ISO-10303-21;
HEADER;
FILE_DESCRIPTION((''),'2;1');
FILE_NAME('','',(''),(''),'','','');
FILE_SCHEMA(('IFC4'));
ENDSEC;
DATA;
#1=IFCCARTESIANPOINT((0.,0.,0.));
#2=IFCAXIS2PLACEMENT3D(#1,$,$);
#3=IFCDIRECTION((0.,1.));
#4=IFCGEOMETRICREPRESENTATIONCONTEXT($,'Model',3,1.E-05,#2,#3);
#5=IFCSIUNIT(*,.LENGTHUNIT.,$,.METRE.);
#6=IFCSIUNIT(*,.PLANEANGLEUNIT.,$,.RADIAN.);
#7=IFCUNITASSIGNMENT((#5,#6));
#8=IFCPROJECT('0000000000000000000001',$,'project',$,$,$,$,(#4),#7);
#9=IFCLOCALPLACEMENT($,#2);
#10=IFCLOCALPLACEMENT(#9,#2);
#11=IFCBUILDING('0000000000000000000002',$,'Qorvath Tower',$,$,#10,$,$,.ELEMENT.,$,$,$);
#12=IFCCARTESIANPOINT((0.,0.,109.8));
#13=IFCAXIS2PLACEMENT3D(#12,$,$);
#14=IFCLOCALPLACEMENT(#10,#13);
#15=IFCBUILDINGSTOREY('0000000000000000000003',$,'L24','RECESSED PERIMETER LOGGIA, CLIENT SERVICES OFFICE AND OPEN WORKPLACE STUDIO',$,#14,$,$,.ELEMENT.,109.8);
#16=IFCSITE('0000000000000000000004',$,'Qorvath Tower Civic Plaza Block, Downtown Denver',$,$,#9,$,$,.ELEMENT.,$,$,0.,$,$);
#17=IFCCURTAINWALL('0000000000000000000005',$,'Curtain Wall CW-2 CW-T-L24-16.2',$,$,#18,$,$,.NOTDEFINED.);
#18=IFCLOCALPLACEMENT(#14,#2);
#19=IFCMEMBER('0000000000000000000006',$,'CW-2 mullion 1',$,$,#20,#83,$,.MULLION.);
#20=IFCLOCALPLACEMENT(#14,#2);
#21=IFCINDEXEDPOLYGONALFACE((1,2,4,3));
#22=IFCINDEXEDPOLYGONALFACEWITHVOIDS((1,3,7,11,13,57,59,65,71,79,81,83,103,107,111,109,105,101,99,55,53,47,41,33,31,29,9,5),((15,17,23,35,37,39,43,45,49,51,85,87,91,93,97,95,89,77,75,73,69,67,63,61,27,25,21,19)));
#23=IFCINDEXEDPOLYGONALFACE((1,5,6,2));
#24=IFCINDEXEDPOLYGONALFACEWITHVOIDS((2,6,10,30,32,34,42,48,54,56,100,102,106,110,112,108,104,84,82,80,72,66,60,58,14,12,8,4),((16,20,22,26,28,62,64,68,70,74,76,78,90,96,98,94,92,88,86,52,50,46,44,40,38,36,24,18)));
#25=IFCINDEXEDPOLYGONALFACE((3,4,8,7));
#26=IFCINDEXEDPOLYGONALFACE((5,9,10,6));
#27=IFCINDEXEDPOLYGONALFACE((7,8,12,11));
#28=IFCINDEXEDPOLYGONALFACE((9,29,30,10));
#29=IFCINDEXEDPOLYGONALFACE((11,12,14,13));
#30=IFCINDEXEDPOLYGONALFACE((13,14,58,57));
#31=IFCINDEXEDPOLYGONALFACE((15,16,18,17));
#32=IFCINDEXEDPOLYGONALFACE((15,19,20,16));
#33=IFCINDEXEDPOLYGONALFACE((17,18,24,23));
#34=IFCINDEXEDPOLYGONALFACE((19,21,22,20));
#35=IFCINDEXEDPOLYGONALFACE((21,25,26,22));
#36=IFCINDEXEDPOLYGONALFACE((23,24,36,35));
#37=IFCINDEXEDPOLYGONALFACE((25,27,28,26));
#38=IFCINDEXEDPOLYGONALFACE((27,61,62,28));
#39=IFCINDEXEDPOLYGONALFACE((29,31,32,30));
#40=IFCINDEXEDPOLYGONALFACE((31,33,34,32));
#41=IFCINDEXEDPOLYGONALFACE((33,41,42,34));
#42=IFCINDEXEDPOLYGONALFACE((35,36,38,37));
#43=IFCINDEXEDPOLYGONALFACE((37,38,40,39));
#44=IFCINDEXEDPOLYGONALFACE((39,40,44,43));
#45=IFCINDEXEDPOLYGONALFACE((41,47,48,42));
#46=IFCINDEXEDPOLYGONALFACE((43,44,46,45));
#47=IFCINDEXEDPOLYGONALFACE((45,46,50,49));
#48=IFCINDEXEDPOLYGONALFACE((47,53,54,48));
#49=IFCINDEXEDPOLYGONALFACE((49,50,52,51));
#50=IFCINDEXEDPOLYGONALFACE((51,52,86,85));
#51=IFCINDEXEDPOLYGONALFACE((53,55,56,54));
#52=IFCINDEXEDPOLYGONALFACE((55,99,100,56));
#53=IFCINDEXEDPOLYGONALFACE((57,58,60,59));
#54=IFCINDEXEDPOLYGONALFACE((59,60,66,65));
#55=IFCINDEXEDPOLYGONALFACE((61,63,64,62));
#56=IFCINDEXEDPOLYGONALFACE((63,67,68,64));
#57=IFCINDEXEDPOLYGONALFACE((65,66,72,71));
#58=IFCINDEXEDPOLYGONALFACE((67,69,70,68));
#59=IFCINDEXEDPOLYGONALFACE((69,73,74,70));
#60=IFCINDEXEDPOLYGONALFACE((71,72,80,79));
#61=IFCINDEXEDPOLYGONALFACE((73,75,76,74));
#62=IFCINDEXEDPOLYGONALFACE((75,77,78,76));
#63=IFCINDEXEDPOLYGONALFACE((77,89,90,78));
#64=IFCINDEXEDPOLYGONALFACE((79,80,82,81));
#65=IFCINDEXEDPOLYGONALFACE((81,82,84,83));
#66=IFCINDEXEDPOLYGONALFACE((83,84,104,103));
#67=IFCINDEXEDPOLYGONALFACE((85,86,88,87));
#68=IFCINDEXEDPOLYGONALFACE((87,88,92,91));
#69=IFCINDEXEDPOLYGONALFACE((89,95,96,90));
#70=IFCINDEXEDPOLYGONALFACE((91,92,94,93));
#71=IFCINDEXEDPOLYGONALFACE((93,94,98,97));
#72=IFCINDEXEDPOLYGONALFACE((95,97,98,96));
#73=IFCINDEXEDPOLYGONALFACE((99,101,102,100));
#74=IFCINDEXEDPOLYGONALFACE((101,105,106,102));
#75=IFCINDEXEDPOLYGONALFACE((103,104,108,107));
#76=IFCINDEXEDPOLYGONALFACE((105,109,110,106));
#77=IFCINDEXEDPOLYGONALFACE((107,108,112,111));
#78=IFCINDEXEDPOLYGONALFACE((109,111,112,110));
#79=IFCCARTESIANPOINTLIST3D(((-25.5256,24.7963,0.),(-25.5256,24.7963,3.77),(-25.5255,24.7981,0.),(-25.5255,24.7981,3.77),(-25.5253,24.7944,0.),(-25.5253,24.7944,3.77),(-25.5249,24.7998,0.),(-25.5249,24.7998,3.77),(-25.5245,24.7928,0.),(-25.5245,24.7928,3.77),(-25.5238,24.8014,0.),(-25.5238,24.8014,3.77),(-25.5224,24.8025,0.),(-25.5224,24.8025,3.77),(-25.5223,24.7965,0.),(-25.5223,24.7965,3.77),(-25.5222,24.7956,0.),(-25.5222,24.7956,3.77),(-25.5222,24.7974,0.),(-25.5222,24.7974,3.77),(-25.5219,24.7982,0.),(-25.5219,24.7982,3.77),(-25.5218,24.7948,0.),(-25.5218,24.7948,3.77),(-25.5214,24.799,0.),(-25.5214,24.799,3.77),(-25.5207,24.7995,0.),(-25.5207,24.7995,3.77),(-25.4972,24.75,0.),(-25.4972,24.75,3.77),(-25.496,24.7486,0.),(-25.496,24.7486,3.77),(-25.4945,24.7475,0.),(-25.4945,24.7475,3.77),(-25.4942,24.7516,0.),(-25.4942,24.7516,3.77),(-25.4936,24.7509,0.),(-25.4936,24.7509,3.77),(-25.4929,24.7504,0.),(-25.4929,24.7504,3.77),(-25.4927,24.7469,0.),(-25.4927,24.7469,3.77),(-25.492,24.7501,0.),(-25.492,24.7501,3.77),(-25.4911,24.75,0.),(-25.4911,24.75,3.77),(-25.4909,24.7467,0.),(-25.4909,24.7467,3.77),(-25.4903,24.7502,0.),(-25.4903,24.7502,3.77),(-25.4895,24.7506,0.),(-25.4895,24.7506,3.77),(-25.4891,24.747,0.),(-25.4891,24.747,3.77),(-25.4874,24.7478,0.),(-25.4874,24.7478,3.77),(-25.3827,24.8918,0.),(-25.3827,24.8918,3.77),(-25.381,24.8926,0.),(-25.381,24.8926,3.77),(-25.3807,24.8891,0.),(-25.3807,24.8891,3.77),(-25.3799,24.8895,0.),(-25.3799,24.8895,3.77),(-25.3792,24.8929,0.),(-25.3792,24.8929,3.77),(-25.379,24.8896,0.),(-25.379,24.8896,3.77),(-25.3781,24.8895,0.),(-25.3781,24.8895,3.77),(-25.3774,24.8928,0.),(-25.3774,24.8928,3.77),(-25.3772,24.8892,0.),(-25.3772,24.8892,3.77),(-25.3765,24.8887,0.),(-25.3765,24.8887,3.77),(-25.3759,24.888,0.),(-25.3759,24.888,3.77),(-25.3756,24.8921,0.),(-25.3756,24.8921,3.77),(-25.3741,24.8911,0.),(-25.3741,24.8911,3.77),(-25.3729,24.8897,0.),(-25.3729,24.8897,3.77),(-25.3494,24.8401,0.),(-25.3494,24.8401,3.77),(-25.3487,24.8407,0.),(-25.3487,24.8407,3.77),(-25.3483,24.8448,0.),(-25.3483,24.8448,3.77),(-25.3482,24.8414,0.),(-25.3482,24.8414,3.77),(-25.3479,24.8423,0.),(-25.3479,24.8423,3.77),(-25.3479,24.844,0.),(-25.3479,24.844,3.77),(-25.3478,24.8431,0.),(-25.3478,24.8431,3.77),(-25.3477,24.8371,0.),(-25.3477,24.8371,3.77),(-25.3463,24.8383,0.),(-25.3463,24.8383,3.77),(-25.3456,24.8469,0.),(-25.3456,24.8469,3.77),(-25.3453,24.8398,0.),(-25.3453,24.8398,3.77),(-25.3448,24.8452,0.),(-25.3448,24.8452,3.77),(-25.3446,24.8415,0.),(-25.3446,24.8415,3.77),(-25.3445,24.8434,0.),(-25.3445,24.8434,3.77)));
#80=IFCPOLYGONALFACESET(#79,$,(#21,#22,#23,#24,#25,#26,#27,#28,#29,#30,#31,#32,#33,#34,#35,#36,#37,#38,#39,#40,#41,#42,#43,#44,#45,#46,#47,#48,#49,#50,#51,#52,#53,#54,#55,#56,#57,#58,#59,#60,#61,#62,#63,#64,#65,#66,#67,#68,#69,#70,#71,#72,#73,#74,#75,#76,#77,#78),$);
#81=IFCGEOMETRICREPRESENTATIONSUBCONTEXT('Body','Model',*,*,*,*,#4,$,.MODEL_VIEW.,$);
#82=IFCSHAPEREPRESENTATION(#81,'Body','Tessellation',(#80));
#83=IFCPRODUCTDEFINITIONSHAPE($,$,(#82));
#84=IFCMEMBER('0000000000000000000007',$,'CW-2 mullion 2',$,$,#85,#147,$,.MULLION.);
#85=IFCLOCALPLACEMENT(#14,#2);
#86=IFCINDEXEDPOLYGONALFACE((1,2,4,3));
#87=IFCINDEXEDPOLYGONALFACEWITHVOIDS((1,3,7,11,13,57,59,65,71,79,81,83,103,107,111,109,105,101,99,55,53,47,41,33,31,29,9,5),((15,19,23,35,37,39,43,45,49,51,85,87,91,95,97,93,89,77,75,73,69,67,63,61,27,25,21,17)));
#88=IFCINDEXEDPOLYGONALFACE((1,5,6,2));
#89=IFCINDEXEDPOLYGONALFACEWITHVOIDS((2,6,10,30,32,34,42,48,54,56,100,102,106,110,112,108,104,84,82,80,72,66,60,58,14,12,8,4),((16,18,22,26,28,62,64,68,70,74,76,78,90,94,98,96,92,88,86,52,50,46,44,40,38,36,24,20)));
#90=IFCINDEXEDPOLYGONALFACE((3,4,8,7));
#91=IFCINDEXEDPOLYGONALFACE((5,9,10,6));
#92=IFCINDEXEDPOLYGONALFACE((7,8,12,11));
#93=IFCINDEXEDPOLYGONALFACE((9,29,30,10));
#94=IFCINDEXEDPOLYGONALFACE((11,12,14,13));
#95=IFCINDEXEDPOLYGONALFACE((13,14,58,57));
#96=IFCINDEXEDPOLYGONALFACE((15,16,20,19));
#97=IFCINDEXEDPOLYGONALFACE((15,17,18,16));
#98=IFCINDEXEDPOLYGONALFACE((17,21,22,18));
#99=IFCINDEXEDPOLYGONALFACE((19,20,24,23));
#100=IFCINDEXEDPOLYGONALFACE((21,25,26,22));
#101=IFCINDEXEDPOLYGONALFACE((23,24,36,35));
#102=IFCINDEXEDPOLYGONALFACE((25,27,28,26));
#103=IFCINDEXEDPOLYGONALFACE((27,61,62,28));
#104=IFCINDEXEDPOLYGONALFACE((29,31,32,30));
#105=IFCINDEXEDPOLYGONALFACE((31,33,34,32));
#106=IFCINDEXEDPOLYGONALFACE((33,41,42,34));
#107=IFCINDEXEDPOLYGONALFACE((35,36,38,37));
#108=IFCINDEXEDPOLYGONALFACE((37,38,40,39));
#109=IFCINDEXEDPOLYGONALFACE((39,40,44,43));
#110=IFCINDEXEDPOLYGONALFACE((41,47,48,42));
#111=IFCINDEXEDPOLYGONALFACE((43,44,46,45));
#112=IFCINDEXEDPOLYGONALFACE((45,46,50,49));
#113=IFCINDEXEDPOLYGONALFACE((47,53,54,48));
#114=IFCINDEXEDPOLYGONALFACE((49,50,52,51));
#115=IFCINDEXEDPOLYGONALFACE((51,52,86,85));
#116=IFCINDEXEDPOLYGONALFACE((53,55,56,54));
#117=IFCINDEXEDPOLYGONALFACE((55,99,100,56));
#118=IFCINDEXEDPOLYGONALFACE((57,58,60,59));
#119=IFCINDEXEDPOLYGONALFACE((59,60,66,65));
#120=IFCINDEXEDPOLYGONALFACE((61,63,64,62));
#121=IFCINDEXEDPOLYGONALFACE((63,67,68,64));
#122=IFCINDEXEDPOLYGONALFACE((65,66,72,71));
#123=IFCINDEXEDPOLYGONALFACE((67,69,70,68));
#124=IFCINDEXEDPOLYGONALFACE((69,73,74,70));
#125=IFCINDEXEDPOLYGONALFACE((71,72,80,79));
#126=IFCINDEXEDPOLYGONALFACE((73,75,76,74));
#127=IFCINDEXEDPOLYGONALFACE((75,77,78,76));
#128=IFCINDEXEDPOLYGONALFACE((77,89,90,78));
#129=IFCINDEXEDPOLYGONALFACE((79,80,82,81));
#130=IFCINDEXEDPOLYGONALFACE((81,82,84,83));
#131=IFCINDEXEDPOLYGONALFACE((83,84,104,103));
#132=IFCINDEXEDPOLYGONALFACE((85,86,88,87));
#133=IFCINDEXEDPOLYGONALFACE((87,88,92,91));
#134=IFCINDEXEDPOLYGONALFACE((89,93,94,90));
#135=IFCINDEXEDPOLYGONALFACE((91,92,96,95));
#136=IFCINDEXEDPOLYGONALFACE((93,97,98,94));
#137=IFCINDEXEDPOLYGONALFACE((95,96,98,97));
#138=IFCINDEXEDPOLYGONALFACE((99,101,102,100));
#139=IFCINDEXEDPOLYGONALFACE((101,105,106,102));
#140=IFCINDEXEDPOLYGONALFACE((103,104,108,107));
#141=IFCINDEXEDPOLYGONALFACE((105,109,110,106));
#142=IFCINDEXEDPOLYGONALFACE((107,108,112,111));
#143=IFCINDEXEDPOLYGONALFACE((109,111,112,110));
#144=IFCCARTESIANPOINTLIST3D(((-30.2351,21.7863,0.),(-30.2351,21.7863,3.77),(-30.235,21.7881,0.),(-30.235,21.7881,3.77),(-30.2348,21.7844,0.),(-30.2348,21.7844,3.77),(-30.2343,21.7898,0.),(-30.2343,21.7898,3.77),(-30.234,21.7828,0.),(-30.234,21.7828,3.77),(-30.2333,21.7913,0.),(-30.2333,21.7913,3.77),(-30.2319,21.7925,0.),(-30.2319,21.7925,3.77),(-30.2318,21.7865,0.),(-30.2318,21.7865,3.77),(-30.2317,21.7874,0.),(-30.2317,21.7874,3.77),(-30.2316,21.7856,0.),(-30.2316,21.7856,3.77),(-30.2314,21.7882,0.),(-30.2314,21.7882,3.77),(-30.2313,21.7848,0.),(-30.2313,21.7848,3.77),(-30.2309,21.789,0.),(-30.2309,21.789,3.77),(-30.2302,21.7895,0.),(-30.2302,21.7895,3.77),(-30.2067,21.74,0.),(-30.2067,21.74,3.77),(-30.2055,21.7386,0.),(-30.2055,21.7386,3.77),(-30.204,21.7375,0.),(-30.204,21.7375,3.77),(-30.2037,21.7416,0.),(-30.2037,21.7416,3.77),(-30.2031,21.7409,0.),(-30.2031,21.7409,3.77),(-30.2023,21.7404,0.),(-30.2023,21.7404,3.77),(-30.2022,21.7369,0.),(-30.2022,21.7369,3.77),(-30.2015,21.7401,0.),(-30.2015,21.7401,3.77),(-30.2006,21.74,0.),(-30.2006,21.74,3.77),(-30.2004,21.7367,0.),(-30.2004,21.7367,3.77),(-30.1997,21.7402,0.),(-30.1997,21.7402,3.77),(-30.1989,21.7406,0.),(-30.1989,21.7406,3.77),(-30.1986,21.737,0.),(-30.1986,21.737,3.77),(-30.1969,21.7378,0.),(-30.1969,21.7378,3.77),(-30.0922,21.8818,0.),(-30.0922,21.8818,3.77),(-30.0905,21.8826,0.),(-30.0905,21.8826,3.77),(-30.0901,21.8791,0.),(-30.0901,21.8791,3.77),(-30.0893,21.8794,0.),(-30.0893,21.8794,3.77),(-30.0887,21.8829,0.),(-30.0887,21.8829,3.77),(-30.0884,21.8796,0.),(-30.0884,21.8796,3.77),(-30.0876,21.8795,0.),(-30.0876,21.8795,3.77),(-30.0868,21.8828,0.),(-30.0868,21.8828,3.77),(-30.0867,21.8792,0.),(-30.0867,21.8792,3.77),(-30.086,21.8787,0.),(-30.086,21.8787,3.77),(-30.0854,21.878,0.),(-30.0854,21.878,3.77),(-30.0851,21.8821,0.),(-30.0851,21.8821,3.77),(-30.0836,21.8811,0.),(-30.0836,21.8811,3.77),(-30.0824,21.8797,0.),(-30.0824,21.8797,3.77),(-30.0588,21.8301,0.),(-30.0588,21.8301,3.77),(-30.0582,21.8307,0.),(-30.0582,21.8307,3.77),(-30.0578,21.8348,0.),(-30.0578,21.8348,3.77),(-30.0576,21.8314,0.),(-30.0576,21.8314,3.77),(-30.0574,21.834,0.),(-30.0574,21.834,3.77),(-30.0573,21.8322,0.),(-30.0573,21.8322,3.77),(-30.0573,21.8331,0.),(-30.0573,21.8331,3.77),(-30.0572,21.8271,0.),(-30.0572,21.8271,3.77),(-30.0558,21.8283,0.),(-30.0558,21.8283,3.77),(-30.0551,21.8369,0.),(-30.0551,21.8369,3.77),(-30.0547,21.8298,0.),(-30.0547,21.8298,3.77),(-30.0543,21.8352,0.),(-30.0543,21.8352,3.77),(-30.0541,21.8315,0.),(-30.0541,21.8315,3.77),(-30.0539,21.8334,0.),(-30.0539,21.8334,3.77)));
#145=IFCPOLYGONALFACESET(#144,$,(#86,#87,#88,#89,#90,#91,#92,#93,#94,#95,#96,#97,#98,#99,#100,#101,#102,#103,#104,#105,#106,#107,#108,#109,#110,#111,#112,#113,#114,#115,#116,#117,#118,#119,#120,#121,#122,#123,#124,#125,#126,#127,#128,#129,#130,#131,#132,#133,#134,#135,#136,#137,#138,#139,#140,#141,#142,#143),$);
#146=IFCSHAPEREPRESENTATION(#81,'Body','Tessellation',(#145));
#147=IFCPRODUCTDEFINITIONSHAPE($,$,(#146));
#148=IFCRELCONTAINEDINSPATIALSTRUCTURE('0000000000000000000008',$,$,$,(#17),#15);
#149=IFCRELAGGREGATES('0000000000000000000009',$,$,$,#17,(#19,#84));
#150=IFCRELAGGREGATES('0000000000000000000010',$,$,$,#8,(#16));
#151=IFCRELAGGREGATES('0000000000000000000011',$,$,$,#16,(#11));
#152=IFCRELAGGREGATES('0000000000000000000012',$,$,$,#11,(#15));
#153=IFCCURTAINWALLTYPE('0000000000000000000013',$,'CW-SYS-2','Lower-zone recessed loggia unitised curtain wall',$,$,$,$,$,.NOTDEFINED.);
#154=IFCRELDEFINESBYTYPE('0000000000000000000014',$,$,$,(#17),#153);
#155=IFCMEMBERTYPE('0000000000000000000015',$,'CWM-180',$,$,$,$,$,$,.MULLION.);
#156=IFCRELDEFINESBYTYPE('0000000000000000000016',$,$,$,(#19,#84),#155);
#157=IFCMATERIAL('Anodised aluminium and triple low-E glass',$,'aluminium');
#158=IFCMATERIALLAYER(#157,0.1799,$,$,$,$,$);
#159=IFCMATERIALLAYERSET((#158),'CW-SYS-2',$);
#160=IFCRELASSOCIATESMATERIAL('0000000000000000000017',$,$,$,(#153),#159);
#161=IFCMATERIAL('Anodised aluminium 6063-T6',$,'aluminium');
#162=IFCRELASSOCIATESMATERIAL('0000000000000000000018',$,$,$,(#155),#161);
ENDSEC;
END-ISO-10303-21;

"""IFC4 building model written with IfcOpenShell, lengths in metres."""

from ifc_helpers import new_model, si_unit, direction, frame, origin, origin_2d, place, context, subcontext, project, spatial, hollow_rectangle, extrude, material, layer, layer_set, material_profile, profile_set, type_object, element, aggregate, save


model = new_model("IFC4")

# Units and contexts
model_context = context("Model", 3, precision=1e-05, world=origin(), true_north=direction((0.0, 1.0)))
body_context = subcontext(model_context, "Body", "Model", "MODEL_VIEW")
ifc_project = project(units=[si_unit("LENGTHUNIT", "METRE"), si_unit("PLANEANGLEUNIT", "RADIAN")], contexts=[model_context])

# Site, building, storey
site_placement = place(None, origin())
site = spatial("IfcSite", under=ifc_project, at=site_placement, Name="Qorvath Tower Civic Plaza Block, Downtown Denver", CompositionType="ELEMENT", RefElevation=0.0)
building_placement = place(site_placement, origin())
building = spatial("IfcBuilding", under=site, at=building_placement, Name="Qorvath Tower", CompositionType="ELEMENT")
storey_placement = place(building_placement, frame((0.0, 0.0, 109.8)))
storey = spatial("IfcBuildingStorey", under=building, at=storey_placement, Name="L24", Description="RECESSED PERIMETER LOGGIA, CLIENT SERVICES OFFICE AND OPEN WORKPLACE STUDIO", CompositionType="ELEMENT", Elevation=109.8)

# Curtain wall, members
ifc_material_1 = material(Name="Anodised aluminium and triple low-E glass", Category="aluminium")
ifc_layer_1 = layer(ifc_material_1, 0.1799)
ifc_layer_set_1 = layer_set([ifc_layer_1], Name="CW-SYS-2")
curtain_wall_type = type_object("IfcCurtainWallType", Name="CW-SYS-2", Description="Lower-zone recessed loggia unitised curtain wall", PredefinedType="NOTDEFINED", material=ifc_layer_set_1)
ifc_material_2 = material(Name="Anodised aluminium 6063-T6", Category="aluminium")
ifc_material_profile_1 = material_profile(ifc_material_2, hollow_rectangle(XDim=0.0649, YDim=0.1799, WallThickness=0.0034, InnerFilletRadius=0.0034, OuterFilletRadius=0.0071, at=origin_2d()), Name="CWM 180x65")
ifc_profile_set_1 = profile_set([ifc_material_profile_1], Name="Anodised aluminium 6063-T6")
member_type_1 = type_object("IfcMemberType", Name="CWM-180", PredefinedType="MULLION", material=ifc_profile_set_1)
curtain_wall_1_placement = place(storey_placement, origin())
curtain_wall_1 = element("IfcCurtainWall", 1, at=curtain_wall_1_placement, inside=storey, type_object=curtain_wall_type, Name="Curtain Wall CW-2 CW-T-L24-16.2", PredefinedType="NOTDEFINED")
member_1_placement = place(storey_placement, frame((-25.4351, 24.8198, 0.0), z_axis=(0.0, 0.0, 1.0), x_axis=(0.538543, -0.842598, 0.0)))
member_1 = element("IfcMember", 2, at=member_1_placement, type_object=member_type_1, Name="CW-2 mullion 1", PredefinedType="MULLION", context=body_context, shape_type="SweptSolid", body=[
    extrude(hollow_rectangle(XDim=0.0649, YDim=0.1799, WallThickness=0.0034, InnerFilletRadius=0.0034, OuterFilletRadius=0.0071, at=origin_2d()), origin(), (0.0, 0.0, 1.0), 3.77),
])
member_2_placement = place(storey_placement, frame((-30.1445, 21.8098, 0.0), z_axis=(0.0, 0.0, 1.0), x_axis=(0.538543, -0.842598, 0.0)))
member_2 = element("IfcMember", 3, at=member_2_placement, type_object=member_type_1, Name="CW-2 mullion 2", PredefinedType="MULLION", context=body_context, shape_type="SweptSolid", body=[
    extrude(hollow_rectangle(XDim=0.0649, YDim=0.1799, WallThickness=0.0034, InnerFilletRadius=0.0034, OuterFilletRadius=0.0071, at=origin_2d()), origin(), (0.0, 0.0, 1.0), 3.77),
])

aggregate(curtain_wall_1, [member_1, member_2])

save(model, "model.ifc")
